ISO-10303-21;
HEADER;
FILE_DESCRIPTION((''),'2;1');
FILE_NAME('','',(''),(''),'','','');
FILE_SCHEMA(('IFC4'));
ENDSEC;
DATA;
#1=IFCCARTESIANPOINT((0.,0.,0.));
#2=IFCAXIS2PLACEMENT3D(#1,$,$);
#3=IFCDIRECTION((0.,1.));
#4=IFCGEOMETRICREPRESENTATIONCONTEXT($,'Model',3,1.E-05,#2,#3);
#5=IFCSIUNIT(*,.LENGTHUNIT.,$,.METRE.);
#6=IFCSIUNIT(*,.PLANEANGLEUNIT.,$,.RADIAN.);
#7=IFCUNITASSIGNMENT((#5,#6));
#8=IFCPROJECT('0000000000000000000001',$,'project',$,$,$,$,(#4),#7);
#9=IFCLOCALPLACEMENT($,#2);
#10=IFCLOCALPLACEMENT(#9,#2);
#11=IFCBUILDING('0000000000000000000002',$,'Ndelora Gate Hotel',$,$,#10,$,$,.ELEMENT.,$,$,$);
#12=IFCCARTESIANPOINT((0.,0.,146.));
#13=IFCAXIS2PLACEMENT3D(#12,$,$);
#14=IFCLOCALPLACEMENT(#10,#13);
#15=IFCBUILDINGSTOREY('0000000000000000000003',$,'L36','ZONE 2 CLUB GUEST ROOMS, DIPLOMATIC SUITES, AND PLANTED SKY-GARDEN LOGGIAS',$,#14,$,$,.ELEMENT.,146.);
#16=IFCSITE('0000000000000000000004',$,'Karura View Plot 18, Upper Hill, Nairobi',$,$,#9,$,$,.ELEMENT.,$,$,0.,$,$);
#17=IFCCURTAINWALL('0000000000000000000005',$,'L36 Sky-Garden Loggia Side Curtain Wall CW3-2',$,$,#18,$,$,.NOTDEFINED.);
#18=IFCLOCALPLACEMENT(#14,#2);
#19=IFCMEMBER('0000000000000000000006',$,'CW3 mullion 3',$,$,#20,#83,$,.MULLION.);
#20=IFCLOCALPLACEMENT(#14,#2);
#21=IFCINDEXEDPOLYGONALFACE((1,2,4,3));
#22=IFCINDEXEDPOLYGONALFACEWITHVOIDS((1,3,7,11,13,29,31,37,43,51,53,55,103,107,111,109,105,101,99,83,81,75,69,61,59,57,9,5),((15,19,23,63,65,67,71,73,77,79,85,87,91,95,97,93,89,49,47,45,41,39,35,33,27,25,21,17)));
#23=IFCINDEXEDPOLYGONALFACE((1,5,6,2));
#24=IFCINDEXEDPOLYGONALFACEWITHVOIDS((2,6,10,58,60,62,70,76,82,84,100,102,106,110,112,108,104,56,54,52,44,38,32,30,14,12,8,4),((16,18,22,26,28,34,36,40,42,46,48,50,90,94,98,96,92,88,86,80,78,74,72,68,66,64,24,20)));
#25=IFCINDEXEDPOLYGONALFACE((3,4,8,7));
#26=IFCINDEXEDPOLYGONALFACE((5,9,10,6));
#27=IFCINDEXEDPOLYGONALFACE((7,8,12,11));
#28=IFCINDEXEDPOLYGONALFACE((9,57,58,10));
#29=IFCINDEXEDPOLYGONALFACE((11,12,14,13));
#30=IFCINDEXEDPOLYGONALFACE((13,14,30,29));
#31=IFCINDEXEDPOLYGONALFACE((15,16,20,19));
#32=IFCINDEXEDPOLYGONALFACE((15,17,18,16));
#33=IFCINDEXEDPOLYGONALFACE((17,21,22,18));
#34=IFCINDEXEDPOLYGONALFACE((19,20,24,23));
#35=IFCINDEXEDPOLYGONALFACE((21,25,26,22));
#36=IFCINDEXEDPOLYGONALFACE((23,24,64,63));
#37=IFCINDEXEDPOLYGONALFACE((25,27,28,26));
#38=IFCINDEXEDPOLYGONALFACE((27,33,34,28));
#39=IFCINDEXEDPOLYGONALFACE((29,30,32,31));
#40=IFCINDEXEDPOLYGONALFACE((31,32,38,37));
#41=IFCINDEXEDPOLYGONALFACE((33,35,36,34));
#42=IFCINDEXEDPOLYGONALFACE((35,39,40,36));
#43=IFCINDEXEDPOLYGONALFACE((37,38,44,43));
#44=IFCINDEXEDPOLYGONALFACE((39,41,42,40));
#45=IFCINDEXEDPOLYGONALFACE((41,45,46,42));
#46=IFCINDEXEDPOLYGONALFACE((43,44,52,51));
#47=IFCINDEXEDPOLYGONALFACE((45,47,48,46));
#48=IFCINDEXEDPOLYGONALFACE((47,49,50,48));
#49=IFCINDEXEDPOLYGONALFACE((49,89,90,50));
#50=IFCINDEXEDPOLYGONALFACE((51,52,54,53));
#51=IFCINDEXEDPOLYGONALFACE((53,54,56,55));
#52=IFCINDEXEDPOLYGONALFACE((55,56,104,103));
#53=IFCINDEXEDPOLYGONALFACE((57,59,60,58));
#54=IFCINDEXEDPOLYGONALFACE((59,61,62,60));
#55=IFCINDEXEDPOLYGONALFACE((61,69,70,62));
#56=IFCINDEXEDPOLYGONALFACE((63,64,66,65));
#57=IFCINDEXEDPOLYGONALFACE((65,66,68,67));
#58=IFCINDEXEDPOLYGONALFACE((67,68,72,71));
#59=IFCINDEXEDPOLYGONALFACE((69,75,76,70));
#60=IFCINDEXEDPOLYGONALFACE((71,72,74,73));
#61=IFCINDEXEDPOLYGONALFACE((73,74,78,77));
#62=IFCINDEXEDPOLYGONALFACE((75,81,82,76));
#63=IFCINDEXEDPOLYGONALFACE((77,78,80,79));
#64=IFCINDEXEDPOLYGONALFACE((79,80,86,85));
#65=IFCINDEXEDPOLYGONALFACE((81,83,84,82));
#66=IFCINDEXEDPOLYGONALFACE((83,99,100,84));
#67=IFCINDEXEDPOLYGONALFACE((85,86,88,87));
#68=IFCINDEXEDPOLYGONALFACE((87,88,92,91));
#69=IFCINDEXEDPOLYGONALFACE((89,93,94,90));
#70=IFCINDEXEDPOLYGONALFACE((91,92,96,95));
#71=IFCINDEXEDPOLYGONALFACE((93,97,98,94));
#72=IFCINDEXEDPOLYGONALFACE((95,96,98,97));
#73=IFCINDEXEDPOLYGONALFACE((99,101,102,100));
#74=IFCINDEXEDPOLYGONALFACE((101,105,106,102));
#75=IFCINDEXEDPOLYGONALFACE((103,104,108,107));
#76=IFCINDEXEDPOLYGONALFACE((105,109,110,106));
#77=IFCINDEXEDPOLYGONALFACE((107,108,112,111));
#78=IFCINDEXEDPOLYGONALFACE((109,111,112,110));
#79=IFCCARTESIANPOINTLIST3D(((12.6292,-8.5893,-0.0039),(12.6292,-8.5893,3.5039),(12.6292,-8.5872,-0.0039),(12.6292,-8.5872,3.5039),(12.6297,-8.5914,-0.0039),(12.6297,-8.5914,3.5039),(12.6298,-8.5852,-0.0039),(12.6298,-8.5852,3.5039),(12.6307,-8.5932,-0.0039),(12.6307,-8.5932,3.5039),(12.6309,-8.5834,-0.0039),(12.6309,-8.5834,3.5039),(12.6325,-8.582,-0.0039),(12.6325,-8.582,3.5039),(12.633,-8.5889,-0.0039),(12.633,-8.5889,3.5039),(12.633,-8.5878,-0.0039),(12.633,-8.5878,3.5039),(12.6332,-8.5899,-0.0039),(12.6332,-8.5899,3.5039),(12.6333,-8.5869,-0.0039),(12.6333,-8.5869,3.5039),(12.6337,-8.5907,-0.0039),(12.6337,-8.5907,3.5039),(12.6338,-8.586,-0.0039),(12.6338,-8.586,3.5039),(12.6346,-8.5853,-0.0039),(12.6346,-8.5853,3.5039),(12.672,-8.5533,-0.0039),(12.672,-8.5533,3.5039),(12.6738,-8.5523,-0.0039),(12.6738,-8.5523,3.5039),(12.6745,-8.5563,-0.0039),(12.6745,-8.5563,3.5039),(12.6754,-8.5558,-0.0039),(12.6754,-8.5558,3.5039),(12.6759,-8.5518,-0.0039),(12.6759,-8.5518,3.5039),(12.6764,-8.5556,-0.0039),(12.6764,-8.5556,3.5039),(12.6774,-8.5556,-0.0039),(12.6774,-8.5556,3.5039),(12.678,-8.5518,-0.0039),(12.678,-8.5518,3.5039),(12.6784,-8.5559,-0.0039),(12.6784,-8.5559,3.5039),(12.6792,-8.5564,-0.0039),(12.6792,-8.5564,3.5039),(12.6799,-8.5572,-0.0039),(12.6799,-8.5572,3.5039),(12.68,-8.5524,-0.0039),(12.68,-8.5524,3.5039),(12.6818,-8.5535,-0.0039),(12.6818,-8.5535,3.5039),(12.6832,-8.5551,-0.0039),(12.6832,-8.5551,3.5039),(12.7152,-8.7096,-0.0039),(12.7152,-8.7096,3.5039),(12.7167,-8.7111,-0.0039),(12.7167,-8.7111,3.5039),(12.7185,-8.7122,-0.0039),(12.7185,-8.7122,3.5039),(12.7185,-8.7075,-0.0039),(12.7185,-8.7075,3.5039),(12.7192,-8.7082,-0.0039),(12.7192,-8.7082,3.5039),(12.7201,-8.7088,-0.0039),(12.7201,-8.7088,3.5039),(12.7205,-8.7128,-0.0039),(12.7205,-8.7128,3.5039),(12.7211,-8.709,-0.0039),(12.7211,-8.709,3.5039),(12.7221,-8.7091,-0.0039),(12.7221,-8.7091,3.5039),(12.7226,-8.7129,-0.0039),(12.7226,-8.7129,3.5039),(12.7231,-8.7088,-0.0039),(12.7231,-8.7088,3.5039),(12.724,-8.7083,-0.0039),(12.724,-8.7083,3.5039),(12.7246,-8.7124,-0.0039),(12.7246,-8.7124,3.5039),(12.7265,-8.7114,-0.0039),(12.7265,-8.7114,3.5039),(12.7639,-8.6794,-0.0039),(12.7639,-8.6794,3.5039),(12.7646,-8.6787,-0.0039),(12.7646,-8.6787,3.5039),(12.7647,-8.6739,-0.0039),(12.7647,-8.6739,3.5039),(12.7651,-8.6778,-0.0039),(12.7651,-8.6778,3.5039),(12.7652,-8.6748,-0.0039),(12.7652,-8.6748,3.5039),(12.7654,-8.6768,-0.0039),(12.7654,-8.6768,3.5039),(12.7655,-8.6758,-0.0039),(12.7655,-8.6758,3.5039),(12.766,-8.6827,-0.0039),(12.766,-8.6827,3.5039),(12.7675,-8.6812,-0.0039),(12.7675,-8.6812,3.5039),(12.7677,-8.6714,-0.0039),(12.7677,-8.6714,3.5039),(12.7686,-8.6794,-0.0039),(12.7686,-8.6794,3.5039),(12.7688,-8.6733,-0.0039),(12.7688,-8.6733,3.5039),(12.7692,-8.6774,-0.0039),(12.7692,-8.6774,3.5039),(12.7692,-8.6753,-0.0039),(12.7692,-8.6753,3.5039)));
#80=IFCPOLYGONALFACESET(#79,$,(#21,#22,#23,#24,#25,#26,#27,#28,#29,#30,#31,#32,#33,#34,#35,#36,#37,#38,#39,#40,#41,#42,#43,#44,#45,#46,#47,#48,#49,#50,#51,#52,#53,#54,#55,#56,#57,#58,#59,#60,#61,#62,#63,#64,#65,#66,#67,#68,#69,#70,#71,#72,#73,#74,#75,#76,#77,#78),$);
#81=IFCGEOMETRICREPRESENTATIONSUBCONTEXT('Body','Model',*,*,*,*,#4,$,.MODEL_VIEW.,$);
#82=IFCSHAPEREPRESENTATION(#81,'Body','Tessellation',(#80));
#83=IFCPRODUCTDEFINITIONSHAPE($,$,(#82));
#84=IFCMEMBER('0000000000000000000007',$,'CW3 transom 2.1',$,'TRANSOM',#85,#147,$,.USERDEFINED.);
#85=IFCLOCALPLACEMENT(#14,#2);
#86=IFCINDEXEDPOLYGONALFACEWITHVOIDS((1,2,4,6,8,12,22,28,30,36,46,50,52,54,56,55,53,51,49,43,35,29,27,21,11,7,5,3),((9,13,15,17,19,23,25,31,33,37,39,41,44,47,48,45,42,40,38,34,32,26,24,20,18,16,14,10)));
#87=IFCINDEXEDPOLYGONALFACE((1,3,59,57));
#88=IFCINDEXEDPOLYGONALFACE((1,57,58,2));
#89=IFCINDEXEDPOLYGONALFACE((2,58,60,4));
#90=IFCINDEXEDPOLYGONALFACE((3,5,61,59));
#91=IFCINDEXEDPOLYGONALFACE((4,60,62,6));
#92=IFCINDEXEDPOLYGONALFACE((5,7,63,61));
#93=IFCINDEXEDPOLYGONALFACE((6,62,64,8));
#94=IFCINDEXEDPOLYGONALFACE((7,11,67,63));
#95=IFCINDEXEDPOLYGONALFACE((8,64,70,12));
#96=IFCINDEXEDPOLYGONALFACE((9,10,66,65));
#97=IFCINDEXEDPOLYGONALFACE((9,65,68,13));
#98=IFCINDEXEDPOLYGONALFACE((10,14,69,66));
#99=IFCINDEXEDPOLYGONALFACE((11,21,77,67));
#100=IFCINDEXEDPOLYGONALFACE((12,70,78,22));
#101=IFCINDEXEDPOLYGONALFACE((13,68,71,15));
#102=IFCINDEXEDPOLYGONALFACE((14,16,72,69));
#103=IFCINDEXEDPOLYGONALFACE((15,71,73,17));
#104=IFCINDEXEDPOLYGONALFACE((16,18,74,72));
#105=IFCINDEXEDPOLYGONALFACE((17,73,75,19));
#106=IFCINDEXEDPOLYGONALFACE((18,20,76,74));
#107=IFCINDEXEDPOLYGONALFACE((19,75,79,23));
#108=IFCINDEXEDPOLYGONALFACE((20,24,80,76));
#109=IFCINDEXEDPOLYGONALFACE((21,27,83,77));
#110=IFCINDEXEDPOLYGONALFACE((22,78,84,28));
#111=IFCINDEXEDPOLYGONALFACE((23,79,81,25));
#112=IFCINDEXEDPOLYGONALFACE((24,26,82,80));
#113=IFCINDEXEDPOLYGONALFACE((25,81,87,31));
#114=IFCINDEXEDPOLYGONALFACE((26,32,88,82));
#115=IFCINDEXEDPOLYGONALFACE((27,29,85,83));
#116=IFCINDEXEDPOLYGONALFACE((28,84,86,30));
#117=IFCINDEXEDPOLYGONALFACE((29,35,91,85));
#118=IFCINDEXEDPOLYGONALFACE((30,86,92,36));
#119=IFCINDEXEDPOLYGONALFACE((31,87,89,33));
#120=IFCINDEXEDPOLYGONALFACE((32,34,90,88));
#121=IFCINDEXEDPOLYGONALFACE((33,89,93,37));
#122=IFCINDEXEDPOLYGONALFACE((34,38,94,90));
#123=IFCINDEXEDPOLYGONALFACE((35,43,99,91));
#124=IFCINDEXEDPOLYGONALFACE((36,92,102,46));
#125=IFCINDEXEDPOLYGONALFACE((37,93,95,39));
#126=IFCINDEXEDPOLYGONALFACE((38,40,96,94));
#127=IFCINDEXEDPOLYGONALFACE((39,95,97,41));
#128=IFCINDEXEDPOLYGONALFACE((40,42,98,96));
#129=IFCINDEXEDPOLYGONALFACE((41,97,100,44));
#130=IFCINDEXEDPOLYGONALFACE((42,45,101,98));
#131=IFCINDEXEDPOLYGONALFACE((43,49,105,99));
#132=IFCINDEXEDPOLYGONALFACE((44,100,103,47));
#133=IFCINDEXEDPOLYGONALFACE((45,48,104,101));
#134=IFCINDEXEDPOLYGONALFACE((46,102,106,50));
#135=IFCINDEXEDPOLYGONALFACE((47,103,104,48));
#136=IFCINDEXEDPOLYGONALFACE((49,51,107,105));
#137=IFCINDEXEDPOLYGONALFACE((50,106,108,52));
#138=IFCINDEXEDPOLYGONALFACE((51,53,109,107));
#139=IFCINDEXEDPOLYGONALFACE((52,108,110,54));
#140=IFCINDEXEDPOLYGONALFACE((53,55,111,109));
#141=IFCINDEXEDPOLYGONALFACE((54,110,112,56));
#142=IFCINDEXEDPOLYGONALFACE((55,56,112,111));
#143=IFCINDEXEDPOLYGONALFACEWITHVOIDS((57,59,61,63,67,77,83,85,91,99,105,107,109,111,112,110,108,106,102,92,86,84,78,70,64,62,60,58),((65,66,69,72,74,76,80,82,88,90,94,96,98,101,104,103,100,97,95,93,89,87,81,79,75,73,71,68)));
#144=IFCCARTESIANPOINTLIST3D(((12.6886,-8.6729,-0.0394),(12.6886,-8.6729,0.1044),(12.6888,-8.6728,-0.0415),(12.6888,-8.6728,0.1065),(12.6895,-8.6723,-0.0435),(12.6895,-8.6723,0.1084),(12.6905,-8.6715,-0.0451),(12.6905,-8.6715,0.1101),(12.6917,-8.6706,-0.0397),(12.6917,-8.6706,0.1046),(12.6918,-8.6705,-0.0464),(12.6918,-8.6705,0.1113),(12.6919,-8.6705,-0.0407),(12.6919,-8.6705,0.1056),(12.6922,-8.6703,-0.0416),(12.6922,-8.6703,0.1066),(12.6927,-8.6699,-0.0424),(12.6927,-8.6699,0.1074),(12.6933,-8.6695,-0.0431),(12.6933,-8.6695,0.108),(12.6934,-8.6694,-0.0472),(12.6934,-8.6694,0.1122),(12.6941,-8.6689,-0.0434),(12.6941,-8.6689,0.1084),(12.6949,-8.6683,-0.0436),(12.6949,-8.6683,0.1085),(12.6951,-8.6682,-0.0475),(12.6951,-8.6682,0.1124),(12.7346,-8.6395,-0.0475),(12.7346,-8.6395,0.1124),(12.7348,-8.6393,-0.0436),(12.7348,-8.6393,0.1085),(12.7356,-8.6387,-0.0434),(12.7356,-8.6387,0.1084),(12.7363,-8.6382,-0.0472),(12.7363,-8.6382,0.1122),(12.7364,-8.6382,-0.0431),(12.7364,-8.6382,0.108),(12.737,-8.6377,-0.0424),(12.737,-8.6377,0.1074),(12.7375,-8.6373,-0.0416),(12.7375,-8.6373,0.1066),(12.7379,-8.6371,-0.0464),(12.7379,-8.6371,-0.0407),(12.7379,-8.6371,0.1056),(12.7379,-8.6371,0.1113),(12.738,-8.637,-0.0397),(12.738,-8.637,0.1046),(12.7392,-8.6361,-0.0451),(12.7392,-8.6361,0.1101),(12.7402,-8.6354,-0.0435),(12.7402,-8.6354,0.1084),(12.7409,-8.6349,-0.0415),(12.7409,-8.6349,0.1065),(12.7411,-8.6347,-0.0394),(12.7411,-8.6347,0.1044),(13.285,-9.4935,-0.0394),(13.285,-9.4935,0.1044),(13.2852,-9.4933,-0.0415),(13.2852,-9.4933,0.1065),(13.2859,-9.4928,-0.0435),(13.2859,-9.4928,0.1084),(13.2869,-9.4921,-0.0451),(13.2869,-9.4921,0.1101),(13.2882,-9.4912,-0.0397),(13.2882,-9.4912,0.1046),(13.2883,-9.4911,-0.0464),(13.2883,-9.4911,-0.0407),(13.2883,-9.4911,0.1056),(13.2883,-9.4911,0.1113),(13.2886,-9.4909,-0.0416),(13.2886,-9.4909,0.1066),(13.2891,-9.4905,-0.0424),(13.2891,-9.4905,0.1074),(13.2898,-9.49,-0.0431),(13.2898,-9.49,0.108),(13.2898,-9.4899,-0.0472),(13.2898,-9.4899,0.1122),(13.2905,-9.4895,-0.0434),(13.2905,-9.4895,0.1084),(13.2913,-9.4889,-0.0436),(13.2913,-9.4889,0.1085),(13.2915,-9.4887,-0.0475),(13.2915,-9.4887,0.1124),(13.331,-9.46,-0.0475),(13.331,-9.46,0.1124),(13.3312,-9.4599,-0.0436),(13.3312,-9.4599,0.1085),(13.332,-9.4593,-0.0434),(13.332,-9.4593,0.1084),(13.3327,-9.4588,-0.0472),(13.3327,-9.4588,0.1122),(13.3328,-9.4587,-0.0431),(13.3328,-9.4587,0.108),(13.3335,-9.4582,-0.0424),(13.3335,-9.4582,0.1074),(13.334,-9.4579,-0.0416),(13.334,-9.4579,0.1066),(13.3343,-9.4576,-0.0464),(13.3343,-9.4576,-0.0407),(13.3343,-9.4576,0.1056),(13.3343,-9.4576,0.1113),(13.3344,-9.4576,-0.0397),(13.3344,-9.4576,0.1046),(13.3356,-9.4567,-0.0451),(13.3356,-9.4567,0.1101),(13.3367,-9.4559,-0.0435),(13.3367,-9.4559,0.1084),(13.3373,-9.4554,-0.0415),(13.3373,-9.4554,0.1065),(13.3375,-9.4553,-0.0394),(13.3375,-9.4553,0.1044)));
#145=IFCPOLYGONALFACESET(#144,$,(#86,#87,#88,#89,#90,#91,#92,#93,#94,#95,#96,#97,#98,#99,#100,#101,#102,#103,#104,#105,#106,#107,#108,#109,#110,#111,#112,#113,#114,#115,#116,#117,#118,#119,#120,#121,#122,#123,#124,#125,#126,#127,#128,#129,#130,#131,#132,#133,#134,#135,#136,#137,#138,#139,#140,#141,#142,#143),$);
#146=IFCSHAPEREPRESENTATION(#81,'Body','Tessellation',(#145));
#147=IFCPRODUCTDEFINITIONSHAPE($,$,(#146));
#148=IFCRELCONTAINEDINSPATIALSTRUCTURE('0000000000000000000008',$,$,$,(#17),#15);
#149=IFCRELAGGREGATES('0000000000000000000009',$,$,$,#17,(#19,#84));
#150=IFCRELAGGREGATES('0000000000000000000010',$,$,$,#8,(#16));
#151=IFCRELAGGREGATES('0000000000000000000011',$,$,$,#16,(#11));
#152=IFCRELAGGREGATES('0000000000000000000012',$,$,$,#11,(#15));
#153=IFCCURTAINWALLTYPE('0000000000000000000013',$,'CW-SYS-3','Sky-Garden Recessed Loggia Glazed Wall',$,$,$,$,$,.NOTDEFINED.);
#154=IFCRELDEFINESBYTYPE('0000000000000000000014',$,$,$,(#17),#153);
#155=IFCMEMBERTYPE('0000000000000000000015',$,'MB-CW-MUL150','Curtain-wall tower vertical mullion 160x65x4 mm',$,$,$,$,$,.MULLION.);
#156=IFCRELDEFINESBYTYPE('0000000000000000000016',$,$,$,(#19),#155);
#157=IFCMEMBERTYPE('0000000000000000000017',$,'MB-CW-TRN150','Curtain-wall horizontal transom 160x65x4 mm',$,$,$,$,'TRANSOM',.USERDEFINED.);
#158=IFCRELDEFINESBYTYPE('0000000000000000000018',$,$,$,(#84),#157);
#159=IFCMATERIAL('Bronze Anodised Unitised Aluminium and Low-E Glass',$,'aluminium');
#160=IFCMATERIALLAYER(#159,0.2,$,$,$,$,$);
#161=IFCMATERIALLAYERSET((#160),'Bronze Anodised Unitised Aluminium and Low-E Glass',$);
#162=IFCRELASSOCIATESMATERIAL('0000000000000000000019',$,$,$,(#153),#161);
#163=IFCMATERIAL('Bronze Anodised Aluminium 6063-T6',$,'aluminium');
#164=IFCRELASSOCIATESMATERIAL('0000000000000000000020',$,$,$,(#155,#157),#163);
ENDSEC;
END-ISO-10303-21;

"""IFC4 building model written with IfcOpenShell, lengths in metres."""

from ifc_helpers import new_model, si_unit, direction, frame, origin, origin_2d, place, context, subcontext, project, spatial, hollow_rectangle, extrude, material, layer, layer_set, material_profile, profile_set, type_object, element, aggregate, save


model = new_model("IFC4")

# Units and contexts
model_context = context("Model", 3, precision=1e-05, world=origin(), true_north=direction((0.0, 1.0)))
body_context = subcontext(model_context, "Body", "Model", "MODEL_VIEW")
ifc_project = project(units=[si_unit("LENGTHUNIT", "METRE"), si_unit("PLANEANGLEUNIT", "RADIAN")], contexts=[model_context])

# Site, building, storey
site_placement = place(None, origin())
site = spatial("IfcSite", under=ifc_project, at=site_placement, Name="Karura View Plot 18, Upper Hill, Nairobi", CompositionType="ELEMENT", RefElevation=0.0)
building_placement = place(site_placement, origin())
building = spatial("IfcBuilding", under=site, at=building_placement, Name="Ndelora Gate Hotel", CompositionType="ELEMENT")
storey_placement = place(building_placement, frame((0.0, 0.0, 146.0)))
storey = spatial("IfcBuildingStorey", under=building, at=storey_placement, Name="L36", Description="ZONE 2 CLUB GUEST ROOMS, DIPLOMATIC SUITES, AND PLANTED SKY-GARDEN LOGGIAS", CompositionType="ELEMENT", Elevation=146.0)

# Curtain wall, members
ifc_material_1 = material(Name="Bronze Anodised Unitised Aluminium and Low-E Glass", Category="aluminium")
ifc_layer_1 = layer(ifc_material_1, 0.2)
ifc_layer_set_1 = layer_set([ifc_layer_1], Name="Bronze Anodised Unitised Aluminium and Low-E Glass")
curtain_wall_type = type_object("IfcCurtainWallType", Name="CW-SYS-3", Description="Sky-Garden Recessed Loggia Glazed Wall", PredefinedType="NOTDEFINED", material=ifc_layer_set_1)
curtain_wall_placement = place(storey_placement, origin())
curtain_wall = element("IfcCurtainWall", 1, at=curtain_wall_placement, inside=storey, type_object=curtain_wall_type, Name="L36 Sky-Garden Loggia Side Curtain Wall CW3-2", PredefinedType="NOTDEFINED")
ifc_material_2 = material(Name="Bronze Anodised Aluminium 6063-T6", Category="aluminium")
ifc_material_profile_1 = material_profile(ifc_material_2, hollow_rectangle(XDim=0.0649, YDim=0.1599, WallThickness=0.0039, InnerFilletRadius=0.0039, OuterFilletRadius=0.0081, at=origin_2d()), Name="ALU 160x65x4")
ifc_profile_set_1 = profile_set([ifc_material_profile_1], Name="Bronze Anodised Aluminium 6063-T6")
member_type_1 = type_object("IfcMemberType", Name="MB-CW-MUL150", Description="Curtain-wall tower vertical mullion 160x65x4 mm", PredefinedType="MULLION", material=ifc_profile_set_1)
member_1_placement = place(storey_placement, frame((12.6992, -8.6323, -0.0039), z_axis=(0.0, 0.0, 1.0), x_axis=(-0.809017, -0.587785, 0.0)))
member_1 = element("IfcMember", 2, at=member_1_placement, type_object=member_type_1, Name="CW3 mullion 3", PredefinedType="MULLION", context=body_context, shape_type="SweptSolid", body=[
    extrude(hollow_rectangle(XDim=0.0649, YDim=0.1599, WallThickness=0.0039, InnerFilletRadius=0.0039, OuterFilletRadius=0.0081, at=origin_2d()), origin(), (0.0, 0.0, 1.0), 3.5078),
])
ifc_material_profile_2 = material_profile(ifc_material_2, hollow_rectangle(XDim=0.0649, YDim=0.1599, WallThickness=0.0039, InnerFilletRadius=0.0039, OuterFilletRadius=0.0081, at=origin_2d()), Name="ALU 160x65x4")
ifc_profile_set_2 = profile_set([ifc_material_profile_2], Name="Bronze Anodised Aluminium 6063-T6")
member_type_2 = type_object("IfcMemberType", Name="MB-CW-TRN150", Description="Curtain-wall horizontal transom 160x65x4 mm", ElementType="TRANSOM", PredefinedType="USERDEFINED", material=ifc_profile_set_2)
member_2_placement = place(storey_placement, frame((13.3113, -9.4744, 0.0325), z_axis=(-0.587957, 0.808892, 0.0), x_axis=(-0.808892, -0.587957, 0.0)))
member_2 = element("IfcMember", 3, at=member_2_placement, type_object=member_type_2, Name="CW3 transom 2.1", ObjectType="TRANSOM", PredefinedType="USERDEFINED", context=body_context, shape_type="SweptSolid", body=[
    extrude(hollow_rectangle(XDim=0.0649, YDim=0.1599, WallThickness=0.0039, InnerFilletRadius=0.0039, OuterFilletRadius=0.0081, at=origin_2d()), origin(), (0.0, 0.0, 1.0), 1.0144),
])
aggregate(curtain_wall, [member_1, member_2])

save(model, "model.ifc")
